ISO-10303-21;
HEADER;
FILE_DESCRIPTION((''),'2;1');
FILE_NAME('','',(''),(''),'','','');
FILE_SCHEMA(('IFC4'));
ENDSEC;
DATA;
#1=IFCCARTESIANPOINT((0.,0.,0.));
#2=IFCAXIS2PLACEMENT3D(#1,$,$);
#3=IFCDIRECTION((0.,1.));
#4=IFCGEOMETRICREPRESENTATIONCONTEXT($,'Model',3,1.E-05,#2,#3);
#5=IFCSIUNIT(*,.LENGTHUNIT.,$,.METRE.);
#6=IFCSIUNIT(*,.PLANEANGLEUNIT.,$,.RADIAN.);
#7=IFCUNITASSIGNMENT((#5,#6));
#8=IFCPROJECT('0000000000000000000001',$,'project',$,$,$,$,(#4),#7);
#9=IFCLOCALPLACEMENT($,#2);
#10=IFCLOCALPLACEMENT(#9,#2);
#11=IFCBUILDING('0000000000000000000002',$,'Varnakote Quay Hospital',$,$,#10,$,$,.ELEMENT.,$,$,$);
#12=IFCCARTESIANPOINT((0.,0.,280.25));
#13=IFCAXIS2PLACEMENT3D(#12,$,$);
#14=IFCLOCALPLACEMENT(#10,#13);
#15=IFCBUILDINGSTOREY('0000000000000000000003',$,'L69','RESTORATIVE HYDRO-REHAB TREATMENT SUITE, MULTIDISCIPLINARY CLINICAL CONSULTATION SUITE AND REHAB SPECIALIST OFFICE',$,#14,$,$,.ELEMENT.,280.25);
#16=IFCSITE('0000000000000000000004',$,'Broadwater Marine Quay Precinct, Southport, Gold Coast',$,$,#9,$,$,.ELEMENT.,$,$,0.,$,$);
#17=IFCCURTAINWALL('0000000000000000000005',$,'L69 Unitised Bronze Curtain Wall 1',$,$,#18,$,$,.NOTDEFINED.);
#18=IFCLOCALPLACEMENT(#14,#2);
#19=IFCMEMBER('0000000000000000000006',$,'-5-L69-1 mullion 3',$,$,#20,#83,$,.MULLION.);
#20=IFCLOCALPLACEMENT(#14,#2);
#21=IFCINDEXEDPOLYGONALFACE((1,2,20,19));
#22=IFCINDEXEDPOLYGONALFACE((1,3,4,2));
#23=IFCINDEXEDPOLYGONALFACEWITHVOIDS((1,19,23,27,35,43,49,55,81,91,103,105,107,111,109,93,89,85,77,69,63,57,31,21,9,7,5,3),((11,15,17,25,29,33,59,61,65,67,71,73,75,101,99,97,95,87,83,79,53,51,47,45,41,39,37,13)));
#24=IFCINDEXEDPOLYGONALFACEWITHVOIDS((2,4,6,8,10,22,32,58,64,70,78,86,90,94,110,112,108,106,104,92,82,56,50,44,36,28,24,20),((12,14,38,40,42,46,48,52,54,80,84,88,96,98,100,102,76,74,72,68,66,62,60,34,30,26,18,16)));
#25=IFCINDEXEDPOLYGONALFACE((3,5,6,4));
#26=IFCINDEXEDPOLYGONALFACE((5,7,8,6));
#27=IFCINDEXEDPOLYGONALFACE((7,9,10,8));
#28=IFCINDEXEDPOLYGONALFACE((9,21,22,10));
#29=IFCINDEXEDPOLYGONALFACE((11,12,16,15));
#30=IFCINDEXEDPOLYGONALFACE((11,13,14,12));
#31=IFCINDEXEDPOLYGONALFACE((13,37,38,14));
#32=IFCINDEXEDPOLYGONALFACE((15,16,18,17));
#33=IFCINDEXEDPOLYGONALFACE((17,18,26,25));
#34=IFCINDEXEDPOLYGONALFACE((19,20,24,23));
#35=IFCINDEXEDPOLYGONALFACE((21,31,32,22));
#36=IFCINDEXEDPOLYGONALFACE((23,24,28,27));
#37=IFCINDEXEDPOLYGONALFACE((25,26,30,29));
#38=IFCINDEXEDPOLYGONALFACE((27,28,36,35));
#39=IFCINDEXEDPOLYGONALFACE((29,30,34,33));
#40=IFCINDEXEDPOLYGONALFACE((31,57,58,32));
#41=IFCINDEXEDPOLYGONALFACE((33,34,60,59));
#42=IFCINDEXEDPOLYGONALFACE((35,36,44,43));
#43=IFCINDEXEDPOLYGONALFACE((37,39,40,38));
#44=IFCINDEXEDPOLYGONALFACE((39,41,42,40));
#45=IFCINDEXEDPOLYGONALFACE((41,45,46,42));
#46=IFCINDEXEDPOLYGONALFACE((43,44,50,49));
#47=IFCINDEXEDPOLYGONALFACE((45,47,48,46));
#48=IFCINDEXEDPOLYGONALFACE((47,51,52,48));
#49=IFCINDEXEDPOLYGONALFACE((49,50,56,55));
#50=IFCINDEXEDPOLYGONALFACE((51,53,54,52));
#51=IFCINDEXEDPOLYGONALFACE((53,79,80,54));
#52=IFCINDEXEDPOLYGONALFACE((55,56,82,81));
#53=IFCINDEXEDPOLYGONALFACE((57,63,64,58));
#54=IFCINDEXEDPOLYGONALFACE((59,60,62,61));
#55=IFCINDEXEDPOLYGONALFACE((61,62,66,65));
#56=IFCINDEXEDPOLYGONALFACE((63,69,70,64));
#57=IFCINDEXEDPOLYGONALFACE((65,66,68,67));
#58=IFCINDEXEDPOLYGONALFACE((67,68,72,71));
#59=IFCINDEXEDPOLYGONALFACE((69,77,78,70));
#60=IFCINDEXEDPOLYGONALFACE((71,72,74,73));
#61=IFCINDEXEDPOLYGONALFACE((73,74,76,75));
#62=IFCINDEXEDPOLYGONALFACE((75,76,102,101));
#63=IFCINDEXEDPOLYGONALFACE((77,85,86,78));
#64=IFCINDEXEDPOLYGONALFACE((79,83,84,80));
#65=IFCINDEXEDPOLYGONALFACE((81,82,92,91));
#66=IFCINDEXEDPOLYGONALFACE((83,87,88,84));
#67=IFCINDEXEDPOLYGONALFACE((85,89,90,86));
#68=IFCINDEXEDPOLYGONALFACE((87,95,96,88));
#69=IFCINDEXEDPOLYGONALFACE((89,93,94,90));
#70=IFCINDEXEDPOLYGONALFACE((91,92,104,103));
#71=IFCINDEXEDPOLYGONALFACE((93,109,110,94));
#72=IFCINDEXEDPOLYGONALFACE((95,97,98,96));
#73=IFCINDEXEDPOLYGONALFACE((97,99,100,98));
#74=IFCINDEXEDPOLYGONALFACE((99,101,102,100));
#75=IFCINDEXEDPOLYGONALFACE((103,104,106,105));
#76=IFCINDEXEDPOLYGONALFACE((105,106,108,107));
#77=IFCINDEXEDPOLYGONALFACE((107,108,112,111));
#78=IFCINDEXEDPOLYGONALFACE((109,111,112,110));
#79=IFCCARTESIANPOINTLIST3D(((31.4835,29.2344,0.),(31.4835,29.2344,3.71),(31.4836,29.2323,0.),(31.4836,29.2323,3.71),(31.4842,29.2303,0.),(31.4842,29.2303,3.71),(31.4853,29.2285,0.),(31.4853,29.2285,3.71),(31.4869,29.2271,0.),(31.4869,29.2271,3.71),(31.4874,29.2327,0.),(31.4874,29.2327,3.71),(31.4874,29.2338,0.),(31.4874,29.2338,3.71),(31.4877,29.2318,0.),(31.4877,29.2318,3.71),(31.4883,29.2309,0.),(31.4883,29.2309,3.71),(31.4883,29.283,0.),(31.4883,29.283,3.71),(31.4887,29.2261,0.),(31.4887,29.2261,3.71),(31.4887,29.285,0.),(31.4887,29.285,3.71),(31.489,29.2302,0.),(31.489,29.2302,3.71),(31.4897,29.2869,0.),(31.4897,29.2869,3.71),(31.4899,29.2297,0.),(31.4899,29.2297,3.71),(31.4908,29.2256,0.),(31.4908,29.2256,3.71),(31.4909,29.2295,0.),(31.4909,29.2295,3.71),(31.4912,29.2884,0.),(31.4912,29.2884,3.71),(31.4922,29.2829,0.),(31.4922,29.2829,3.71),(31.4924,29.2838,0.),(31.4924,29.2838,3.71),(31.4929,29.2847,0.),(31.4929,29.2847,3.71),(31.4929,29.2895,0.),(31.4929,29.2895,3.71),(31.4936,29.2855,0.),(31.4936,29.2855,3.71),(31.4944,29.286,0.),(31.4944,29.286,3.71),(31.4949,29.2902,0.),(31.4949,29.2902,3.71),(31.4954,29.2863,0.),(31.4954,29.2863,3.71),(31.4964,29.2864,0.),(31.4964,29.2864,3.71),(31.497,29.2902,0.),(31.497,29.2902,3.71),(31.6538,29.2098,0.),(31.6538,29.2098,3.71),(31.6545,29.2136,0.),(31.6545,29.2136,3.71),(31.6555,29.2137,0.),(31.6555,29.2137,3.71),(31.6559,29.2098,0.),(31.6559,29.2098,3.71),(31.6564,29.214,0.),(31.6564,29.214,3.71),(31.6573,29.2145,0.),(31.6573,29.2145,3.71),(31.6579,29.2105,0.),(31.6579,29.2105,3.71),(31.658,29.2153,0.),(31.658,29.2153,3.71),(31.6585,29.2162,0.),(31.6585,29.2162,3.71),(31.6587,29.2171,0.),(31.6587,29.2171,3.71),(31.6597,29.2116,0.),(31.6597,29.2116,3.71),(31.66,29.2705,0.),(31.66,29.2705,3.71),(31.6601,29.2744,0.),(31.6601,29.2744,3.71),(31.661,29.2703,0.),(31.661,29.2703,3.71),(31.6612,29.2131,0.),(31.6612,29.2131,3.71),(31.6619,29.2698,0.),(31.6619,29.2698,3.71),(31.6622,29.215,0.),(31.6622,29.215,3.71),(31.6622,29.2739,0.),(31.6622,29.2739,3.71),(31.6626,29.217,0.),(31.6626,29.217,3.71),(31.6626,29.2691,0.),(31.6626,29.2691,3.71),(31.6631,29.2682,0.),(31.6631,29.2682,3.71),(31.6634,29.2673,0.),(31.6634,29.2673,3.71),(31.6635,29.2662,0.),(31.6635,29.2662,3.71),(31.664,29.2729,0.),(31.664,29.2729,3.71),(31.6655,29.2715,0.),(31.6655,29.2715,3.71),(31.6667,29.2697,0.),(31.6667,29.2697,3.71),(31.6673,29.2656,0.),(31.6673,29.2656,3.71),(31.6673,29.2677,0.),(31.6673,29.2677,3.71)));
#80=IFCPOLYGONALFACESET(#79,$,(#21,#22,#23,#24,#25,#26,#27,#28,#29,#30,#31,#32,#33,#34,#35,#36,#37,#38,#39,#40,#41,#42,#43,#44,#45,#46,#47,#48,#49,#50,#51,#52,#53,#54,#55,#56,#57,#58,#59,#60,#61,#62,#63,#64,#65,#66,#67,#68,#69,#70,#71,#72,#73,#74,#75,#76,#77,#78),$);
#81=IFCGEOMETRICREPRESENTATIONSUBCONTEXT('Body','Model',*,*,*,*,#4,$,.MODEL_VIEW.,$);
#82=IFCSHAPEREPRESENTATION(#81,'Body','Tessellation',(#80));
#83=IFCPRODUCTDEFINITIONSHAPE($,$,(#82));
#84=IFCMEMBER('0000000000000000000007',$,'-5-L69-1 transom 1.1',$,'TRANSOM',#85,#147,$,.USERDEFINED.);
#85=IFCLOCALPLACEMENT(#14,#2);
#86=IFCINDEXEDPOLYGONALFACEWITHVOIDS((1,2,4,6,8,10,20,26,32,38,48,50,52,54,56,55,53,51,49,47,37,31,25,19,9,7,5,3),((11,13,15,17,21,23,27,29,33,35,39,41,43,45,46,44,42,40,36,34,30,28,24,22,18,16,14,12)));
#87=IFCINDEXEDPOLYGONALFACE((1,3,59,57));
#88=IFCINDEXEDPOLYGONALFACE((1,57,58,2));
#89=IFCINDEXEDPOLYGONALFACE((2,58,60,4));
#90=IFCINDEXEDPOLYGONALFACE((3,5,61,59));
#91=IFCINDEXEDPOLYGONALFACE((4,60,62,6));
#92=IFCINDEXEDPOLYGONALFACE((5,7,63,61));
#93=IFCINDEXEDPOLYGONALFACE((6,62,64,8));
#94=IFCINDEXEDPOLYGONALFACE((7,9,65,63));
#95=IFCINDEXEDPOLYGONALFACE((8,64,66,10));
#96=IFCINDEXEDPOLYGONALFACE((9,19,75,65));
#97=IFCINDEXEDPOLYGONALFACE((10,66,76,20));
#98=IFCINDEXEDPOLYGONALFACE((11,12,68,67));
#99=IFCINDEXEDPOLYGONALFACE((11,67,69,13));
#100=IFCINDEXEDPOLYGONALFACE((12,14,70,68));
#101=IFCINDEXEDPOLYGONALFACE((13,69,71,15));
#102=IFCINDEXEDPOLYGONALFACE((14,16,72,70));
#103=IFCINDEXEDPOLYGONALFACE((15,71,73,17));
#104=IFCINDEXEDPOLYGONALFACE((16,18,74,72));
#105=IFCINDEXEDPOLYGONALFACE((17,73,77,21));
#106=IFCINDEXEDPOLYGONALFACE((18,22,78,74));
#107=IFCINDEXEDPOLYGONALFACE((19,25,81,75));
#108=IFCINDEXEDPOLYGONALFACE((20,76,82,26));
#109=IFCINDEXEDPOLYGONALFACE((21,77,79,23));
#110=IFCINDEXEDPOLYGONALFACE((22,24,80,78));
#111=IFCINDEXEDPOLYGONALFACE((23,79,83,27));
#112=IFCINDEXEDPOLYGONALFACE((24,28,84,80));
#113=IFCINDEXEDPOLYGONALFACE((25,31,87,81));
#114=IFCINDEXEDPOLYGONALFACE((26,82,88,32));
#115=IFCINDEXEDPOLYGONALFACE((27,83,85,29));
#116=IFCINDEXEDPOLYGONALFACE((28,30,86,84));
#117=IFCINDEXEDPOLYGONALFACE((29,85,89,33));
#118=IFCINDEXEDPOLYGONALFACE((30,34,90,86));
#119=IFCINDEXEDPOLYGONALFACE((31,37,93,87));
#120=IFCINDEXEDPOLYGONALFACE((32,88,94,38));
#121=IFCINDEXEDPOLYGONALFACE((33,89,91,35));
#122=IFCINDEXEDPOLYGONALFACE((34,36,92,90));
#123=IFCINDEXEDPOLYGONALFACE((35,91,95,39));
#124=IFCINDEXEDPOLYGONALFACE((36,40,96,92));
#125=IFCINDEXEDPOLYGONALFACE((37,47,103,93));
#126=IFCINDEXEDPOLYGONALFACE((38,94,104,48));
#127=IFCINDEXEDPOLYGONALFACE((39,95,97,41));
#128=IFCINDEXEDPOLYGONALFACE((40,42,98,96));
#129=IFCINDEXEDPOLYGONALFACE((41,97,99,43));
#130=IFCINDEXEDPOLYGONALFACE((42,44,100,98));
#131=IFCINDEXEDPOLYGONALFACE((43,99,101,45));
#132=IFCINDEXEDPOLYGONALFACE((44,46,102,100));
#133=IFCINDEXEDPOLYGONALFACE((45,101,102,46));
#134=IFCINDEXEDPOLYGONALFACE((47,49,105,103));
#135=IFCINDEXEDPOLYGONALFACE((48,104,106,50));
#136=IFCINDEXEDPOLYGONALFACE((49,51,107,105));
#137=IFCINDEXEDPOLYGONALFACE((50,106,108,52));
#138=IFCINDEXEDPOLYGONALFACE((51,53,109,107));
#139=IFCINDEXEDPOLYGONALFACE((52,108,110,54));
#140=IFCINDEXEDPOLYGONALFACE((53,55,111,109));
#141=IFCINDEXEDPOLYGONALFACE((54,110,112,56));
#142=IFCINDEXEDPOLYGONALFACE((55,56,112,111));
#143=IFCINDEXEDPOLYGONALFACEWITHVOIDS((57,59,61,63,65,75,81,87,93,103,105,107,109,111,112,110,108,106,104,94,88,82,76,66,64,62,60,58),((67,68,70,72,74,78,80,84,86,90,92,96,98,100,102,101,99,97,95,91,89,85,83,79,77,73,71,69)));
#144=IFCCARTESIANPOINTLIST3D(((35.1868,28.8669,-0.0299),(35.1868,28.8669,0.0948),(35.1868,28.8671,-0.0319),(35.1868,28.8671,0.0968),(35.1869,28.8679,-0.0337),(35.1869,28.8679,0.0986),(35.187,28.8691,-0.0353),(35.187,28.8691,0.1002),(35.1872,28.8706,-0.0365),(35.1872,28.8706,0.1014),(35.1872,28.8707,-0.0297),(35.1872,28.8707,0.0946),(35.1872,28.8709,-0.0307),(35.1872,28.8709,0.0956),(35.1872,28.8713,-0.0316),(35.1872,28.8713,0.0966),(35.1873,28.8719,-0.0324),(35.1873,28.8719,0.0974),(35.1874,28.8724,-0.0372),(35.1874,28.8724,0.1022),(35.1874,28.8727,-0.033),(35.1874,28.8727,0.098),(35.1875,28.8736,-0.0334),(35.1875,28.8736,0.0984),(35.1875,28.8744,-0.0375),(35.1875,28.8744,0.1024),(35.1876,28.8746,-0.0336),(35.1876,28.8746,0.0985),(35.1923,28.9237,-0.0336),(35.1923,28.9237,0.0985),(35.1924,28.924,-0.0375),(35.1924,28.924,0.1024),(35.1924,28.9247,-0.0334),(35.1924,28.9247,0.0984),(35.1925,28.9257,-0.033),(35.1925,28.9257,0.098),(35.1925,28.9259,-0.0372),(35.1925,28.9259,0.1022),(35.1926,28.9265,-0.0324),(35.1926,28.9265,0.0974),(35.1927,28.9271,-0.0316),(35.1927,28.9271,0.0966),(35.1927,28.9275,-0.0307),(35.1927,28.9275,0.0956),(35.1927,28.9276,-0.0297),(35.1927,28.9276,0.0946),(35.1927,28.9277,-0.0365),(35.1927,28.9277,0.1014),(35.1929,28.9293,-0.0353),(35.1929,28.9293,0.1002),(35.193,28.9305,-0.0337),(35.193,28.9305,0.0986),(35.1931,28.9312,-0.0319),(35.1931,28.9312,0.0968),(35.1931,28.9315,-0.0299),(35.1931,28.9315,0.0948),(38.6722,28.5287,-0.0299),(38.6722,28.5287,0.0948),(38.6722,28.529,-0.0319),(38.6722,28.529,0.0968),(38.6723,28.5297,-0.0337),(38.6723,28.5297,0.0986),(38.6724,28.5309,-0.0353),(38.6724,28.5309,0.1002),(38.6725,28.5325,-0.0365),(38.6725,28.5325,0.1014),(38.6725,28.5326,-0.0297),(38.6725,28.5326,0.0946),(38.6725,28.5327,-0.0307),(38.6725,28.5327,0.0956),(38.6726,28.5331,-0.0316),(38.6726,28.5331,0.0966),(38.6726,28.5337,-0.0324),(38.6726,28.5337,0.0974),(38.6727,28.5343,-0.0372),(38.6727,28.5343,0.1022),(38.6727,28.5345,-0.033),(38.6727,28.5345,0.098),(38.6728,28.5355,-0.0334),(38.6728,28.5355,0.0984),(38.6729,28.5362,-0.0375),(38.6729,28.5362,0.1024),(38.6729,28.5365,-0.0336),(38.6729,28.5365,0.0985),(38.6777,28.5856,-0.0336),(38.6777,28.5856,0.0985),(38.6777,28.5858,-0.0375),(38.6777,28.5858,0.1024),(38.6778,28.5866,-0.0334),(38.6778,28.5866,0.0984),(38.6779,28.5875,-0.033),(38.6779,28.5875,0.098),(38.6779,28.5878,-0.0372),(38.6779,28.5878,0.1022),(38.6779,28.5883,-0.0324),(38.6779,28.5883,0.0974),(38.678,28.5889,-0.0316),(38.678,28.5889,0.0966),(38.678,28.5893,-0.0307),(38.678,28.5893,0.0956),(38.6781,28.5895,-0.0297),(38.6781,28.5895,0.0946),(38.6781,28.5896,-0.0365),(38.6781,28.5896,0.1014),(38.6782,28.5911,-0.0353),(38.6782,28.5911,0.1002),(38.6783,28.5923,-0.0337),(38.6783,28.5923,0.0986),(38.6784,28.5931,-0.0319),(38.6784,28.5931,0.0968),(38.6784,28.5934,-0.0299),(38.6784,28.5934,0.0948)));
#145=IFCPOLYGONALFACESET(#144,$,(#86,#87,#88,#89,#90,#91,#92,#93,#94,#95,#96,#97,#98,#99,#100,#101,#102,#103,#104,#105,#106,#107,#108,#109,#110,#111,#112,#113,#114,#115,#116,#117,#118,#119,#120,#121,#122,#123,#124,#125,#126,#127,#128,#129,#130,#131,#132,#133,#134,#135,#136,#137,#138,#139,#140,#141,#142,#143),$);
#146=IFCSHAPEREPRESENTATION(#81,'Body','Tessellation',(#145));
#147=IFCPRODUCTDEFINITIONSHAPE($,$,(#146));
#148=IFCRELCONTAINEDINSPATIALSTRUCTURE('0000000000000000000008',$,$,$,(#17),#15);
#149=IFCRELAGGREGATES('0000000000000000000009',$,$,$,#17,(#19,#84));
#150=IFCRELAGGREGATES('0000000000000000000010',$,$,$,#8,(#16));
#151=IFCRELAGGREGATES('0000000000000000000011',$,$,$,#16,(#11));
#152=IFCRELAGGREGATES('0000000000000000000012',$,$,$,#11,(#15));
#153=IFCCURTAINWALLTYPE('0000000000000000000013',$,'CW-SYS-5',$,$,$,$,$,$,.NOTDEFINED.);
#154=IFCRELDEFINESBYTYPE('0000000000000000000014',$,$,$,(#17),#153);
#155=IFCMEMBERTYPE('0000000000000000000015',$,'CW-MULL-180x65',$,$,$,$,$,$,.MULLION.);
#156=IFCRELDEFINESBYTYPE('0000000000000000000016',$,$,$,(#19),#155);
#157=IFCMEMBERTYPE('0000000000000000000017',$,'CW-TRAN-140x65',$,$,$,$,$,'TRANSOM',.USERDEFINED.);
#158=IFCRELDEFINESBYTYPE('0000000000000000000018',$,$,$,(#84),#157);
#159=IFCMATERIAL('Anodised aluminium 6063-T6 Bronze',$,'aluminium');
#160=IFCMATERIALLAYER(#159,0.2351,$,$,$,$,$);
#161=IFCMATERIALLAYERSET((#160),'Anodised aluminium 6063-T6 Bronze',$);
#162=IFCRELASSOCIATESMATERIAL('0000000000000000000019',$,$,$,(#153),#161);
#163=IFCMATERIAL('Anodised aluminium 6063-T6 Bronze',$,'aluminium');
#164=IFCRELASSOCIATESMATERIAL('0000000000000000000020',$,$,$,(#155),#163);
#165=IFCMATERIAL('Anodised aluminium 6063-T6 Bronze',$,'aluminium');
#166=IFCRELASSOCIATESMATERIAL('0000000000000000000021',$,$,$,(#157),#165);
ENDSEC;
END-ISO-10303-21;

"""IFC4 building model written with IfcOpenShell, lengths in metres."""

from ifc_helpers import new_model, si_unit, direction, frame, origin, origin_2d, place, context, subcontext, project, spatial, hollow_rectangle, extrude, material, layer, layer_set, material_profile, profile_set, type_object, element, aggregate, save


model = new_model("IFC4")

# Units and contexts
model_context = context("Model", 3, precision=1e-05, world=origin(), true_north=direction((0.0, 1.0)))
body_context = subcontext(model_context, "Body", "Model", "MODEL_VIEW")
ifc_project = project(units=[si_unit("LENGTHUNIT", "METRE"), si_unit("PLANEANGLEUNIT", "RADIAN")], contexts=[model_context])

# Site, building, storey
site_placement = place(None, origin())
site = spatial("IfcSite", under=ifc_project, at=site_placement, Name="Broadwater Marine Quay Precinct, Southport, Gold Coast", CompositionType="ELEMENT", RefElevation=0.0)
building_placement = place(site_placement, origin())
building = spatial("IfcBuilding", under=site, at=building_placement, Name="Varnakote Quay Hospital", CompositionType="ELEMENT")
storey_placement = place(building_placement, frame((0.0, 0.0, 280.25)))
storey = spatial("IfcBuildingStorey", under=building, at=storey_placement, Name="L69", Description="RESTORATIVE HYDRO-REHAB TREATMENT SUITE, MULTIDISCIPLINARY CLINICAL CONSULTATION SUITE AND REHAB SPECIALIST OFFICE", CompositionType="ELEMENT", Elevation=280.25)

# Curtain wall, members
ifc_material_1 = material(Name="Anodised aluminium 6063-T6 Bronze", Category="aluminium")
ifc_layer_1 = layer(ifc_material_1, 0.2351)
ifc_layer_set_1 = layer_set([ifc_layer_1], Name="Anodised aluminium 6063-T6 Bronze")
curtain_wall_type = type_object("IfcCurtainWallType", Name="CW-SYS-5", PredefinedType="NOTDEFINED", material=ifc_layer_set_1)
curtain_wall_placement = place(storey_placement, origin())
curtain_wall = element("IfcCurtainWall", 1, at=curtain_wall_placement, inside=storey, type_object=curtain_wall_type, Name="L69 Unitised Bronze Curtain Wall 1", PredefinedType="NOTDEFINED")
ifc_material_2 = material(Name="Anodised aluminium 6063-T6 Bronze", Category="aluminium")
ifc_material_profile_1 = material_profile(ifc_material_2, hollow_rectangle(XDim=0.0649, YDim=0.1799, WallThickness=0.0039, InnerFilletRadius=0.0039, OuterFilletRadius=0.0081, at=origin_2d()), Name="CW-MULL-180x65")
ifc_profile_set_1 = profile_set([ifc_material_profile_1], Name="Anodised aluminium 6063-T6 Bronze")
member_type_1 = type_object("IfcMemberType", Name="CW-MULL-180x65", PredefinedType="MULLION", material=ifc_profile_set_1)
member_1_placement = place(storey_placement, frame((31.5754, 29.25, 0.0), z_axis=(0.0, 0.0, 1.0), x_axis=(-0.096569, -0.995326, 0.0)))
member_1 = element("IfcMember", 2, at=member_1_placement, type_object=member_type_1, Name="-5-L69-1 mullion 3", PredefinedType="MULLION", context=body_context, shape_type="SweptSolid", body=[
    extrude(hollow_rectangle(XDim=0.0649, YDim=0.1799, WallThickness=0.0039, InnerFilletRadius=0.0039, OuterFilletRadius=0.0081, at=origin_2d()), origin(), (0.0, 0.0, 1.0), 3.71),
])
ifc_material_3 = material(Name="Anodised aluminium 6063-T6 Bronze", Category="aluminium")
ifc_material_profile_2 = material_profile(ifc_material_3, hollow_rectangle(XDim=0.0649, YDim=0.1399, WallThickness=0.0039, InnerFilletRadius=0.0039, OuterFilletRadius=0.0076, at=origin_2d()), Name="CW-TRAN-140x65")
ifc_profile_set_2 = profile_set([ifc_material_profile_2], Name="Anodised aluminium 6063-T6 Bronze")
member_type_2 = type_object("IfcMemberType", Name="CW-TRAN-140x65", ElementType="TRANSOM", PredefinedType="USERDEFINED", material=ifc_profile_set_2)
member_2_placement = place(storey_placement, frame((38.6753, 28.561, 0.0325), z_axis=(-0.995327, 0.096563, 0.0), x_axis=(-0.096563, -0.995327, 0.0)))
member_2 = element("IfcMember", 3, at=member_2_placement, type_object=member_type_2, Name="-5-L69-1 transom 1.1", ObjectType="TRANSOM", PredefinedType="USERDEFINED", context=body_context, shape_type="SweptSolid", body=[
    extrude(hollow_rectangle(XDim=0.0649, YDim=0.1399, WallThickness=0.0039, InnerFilletRadius=0.0039, OuterFilletRadius=0.0076, at=origin_2d()), origin(), (0.0, 0.0, 1.0), 3.5017),
])
aggregate(curtain_wall, [member_1, member_2])

save(model, "model.ifc")
